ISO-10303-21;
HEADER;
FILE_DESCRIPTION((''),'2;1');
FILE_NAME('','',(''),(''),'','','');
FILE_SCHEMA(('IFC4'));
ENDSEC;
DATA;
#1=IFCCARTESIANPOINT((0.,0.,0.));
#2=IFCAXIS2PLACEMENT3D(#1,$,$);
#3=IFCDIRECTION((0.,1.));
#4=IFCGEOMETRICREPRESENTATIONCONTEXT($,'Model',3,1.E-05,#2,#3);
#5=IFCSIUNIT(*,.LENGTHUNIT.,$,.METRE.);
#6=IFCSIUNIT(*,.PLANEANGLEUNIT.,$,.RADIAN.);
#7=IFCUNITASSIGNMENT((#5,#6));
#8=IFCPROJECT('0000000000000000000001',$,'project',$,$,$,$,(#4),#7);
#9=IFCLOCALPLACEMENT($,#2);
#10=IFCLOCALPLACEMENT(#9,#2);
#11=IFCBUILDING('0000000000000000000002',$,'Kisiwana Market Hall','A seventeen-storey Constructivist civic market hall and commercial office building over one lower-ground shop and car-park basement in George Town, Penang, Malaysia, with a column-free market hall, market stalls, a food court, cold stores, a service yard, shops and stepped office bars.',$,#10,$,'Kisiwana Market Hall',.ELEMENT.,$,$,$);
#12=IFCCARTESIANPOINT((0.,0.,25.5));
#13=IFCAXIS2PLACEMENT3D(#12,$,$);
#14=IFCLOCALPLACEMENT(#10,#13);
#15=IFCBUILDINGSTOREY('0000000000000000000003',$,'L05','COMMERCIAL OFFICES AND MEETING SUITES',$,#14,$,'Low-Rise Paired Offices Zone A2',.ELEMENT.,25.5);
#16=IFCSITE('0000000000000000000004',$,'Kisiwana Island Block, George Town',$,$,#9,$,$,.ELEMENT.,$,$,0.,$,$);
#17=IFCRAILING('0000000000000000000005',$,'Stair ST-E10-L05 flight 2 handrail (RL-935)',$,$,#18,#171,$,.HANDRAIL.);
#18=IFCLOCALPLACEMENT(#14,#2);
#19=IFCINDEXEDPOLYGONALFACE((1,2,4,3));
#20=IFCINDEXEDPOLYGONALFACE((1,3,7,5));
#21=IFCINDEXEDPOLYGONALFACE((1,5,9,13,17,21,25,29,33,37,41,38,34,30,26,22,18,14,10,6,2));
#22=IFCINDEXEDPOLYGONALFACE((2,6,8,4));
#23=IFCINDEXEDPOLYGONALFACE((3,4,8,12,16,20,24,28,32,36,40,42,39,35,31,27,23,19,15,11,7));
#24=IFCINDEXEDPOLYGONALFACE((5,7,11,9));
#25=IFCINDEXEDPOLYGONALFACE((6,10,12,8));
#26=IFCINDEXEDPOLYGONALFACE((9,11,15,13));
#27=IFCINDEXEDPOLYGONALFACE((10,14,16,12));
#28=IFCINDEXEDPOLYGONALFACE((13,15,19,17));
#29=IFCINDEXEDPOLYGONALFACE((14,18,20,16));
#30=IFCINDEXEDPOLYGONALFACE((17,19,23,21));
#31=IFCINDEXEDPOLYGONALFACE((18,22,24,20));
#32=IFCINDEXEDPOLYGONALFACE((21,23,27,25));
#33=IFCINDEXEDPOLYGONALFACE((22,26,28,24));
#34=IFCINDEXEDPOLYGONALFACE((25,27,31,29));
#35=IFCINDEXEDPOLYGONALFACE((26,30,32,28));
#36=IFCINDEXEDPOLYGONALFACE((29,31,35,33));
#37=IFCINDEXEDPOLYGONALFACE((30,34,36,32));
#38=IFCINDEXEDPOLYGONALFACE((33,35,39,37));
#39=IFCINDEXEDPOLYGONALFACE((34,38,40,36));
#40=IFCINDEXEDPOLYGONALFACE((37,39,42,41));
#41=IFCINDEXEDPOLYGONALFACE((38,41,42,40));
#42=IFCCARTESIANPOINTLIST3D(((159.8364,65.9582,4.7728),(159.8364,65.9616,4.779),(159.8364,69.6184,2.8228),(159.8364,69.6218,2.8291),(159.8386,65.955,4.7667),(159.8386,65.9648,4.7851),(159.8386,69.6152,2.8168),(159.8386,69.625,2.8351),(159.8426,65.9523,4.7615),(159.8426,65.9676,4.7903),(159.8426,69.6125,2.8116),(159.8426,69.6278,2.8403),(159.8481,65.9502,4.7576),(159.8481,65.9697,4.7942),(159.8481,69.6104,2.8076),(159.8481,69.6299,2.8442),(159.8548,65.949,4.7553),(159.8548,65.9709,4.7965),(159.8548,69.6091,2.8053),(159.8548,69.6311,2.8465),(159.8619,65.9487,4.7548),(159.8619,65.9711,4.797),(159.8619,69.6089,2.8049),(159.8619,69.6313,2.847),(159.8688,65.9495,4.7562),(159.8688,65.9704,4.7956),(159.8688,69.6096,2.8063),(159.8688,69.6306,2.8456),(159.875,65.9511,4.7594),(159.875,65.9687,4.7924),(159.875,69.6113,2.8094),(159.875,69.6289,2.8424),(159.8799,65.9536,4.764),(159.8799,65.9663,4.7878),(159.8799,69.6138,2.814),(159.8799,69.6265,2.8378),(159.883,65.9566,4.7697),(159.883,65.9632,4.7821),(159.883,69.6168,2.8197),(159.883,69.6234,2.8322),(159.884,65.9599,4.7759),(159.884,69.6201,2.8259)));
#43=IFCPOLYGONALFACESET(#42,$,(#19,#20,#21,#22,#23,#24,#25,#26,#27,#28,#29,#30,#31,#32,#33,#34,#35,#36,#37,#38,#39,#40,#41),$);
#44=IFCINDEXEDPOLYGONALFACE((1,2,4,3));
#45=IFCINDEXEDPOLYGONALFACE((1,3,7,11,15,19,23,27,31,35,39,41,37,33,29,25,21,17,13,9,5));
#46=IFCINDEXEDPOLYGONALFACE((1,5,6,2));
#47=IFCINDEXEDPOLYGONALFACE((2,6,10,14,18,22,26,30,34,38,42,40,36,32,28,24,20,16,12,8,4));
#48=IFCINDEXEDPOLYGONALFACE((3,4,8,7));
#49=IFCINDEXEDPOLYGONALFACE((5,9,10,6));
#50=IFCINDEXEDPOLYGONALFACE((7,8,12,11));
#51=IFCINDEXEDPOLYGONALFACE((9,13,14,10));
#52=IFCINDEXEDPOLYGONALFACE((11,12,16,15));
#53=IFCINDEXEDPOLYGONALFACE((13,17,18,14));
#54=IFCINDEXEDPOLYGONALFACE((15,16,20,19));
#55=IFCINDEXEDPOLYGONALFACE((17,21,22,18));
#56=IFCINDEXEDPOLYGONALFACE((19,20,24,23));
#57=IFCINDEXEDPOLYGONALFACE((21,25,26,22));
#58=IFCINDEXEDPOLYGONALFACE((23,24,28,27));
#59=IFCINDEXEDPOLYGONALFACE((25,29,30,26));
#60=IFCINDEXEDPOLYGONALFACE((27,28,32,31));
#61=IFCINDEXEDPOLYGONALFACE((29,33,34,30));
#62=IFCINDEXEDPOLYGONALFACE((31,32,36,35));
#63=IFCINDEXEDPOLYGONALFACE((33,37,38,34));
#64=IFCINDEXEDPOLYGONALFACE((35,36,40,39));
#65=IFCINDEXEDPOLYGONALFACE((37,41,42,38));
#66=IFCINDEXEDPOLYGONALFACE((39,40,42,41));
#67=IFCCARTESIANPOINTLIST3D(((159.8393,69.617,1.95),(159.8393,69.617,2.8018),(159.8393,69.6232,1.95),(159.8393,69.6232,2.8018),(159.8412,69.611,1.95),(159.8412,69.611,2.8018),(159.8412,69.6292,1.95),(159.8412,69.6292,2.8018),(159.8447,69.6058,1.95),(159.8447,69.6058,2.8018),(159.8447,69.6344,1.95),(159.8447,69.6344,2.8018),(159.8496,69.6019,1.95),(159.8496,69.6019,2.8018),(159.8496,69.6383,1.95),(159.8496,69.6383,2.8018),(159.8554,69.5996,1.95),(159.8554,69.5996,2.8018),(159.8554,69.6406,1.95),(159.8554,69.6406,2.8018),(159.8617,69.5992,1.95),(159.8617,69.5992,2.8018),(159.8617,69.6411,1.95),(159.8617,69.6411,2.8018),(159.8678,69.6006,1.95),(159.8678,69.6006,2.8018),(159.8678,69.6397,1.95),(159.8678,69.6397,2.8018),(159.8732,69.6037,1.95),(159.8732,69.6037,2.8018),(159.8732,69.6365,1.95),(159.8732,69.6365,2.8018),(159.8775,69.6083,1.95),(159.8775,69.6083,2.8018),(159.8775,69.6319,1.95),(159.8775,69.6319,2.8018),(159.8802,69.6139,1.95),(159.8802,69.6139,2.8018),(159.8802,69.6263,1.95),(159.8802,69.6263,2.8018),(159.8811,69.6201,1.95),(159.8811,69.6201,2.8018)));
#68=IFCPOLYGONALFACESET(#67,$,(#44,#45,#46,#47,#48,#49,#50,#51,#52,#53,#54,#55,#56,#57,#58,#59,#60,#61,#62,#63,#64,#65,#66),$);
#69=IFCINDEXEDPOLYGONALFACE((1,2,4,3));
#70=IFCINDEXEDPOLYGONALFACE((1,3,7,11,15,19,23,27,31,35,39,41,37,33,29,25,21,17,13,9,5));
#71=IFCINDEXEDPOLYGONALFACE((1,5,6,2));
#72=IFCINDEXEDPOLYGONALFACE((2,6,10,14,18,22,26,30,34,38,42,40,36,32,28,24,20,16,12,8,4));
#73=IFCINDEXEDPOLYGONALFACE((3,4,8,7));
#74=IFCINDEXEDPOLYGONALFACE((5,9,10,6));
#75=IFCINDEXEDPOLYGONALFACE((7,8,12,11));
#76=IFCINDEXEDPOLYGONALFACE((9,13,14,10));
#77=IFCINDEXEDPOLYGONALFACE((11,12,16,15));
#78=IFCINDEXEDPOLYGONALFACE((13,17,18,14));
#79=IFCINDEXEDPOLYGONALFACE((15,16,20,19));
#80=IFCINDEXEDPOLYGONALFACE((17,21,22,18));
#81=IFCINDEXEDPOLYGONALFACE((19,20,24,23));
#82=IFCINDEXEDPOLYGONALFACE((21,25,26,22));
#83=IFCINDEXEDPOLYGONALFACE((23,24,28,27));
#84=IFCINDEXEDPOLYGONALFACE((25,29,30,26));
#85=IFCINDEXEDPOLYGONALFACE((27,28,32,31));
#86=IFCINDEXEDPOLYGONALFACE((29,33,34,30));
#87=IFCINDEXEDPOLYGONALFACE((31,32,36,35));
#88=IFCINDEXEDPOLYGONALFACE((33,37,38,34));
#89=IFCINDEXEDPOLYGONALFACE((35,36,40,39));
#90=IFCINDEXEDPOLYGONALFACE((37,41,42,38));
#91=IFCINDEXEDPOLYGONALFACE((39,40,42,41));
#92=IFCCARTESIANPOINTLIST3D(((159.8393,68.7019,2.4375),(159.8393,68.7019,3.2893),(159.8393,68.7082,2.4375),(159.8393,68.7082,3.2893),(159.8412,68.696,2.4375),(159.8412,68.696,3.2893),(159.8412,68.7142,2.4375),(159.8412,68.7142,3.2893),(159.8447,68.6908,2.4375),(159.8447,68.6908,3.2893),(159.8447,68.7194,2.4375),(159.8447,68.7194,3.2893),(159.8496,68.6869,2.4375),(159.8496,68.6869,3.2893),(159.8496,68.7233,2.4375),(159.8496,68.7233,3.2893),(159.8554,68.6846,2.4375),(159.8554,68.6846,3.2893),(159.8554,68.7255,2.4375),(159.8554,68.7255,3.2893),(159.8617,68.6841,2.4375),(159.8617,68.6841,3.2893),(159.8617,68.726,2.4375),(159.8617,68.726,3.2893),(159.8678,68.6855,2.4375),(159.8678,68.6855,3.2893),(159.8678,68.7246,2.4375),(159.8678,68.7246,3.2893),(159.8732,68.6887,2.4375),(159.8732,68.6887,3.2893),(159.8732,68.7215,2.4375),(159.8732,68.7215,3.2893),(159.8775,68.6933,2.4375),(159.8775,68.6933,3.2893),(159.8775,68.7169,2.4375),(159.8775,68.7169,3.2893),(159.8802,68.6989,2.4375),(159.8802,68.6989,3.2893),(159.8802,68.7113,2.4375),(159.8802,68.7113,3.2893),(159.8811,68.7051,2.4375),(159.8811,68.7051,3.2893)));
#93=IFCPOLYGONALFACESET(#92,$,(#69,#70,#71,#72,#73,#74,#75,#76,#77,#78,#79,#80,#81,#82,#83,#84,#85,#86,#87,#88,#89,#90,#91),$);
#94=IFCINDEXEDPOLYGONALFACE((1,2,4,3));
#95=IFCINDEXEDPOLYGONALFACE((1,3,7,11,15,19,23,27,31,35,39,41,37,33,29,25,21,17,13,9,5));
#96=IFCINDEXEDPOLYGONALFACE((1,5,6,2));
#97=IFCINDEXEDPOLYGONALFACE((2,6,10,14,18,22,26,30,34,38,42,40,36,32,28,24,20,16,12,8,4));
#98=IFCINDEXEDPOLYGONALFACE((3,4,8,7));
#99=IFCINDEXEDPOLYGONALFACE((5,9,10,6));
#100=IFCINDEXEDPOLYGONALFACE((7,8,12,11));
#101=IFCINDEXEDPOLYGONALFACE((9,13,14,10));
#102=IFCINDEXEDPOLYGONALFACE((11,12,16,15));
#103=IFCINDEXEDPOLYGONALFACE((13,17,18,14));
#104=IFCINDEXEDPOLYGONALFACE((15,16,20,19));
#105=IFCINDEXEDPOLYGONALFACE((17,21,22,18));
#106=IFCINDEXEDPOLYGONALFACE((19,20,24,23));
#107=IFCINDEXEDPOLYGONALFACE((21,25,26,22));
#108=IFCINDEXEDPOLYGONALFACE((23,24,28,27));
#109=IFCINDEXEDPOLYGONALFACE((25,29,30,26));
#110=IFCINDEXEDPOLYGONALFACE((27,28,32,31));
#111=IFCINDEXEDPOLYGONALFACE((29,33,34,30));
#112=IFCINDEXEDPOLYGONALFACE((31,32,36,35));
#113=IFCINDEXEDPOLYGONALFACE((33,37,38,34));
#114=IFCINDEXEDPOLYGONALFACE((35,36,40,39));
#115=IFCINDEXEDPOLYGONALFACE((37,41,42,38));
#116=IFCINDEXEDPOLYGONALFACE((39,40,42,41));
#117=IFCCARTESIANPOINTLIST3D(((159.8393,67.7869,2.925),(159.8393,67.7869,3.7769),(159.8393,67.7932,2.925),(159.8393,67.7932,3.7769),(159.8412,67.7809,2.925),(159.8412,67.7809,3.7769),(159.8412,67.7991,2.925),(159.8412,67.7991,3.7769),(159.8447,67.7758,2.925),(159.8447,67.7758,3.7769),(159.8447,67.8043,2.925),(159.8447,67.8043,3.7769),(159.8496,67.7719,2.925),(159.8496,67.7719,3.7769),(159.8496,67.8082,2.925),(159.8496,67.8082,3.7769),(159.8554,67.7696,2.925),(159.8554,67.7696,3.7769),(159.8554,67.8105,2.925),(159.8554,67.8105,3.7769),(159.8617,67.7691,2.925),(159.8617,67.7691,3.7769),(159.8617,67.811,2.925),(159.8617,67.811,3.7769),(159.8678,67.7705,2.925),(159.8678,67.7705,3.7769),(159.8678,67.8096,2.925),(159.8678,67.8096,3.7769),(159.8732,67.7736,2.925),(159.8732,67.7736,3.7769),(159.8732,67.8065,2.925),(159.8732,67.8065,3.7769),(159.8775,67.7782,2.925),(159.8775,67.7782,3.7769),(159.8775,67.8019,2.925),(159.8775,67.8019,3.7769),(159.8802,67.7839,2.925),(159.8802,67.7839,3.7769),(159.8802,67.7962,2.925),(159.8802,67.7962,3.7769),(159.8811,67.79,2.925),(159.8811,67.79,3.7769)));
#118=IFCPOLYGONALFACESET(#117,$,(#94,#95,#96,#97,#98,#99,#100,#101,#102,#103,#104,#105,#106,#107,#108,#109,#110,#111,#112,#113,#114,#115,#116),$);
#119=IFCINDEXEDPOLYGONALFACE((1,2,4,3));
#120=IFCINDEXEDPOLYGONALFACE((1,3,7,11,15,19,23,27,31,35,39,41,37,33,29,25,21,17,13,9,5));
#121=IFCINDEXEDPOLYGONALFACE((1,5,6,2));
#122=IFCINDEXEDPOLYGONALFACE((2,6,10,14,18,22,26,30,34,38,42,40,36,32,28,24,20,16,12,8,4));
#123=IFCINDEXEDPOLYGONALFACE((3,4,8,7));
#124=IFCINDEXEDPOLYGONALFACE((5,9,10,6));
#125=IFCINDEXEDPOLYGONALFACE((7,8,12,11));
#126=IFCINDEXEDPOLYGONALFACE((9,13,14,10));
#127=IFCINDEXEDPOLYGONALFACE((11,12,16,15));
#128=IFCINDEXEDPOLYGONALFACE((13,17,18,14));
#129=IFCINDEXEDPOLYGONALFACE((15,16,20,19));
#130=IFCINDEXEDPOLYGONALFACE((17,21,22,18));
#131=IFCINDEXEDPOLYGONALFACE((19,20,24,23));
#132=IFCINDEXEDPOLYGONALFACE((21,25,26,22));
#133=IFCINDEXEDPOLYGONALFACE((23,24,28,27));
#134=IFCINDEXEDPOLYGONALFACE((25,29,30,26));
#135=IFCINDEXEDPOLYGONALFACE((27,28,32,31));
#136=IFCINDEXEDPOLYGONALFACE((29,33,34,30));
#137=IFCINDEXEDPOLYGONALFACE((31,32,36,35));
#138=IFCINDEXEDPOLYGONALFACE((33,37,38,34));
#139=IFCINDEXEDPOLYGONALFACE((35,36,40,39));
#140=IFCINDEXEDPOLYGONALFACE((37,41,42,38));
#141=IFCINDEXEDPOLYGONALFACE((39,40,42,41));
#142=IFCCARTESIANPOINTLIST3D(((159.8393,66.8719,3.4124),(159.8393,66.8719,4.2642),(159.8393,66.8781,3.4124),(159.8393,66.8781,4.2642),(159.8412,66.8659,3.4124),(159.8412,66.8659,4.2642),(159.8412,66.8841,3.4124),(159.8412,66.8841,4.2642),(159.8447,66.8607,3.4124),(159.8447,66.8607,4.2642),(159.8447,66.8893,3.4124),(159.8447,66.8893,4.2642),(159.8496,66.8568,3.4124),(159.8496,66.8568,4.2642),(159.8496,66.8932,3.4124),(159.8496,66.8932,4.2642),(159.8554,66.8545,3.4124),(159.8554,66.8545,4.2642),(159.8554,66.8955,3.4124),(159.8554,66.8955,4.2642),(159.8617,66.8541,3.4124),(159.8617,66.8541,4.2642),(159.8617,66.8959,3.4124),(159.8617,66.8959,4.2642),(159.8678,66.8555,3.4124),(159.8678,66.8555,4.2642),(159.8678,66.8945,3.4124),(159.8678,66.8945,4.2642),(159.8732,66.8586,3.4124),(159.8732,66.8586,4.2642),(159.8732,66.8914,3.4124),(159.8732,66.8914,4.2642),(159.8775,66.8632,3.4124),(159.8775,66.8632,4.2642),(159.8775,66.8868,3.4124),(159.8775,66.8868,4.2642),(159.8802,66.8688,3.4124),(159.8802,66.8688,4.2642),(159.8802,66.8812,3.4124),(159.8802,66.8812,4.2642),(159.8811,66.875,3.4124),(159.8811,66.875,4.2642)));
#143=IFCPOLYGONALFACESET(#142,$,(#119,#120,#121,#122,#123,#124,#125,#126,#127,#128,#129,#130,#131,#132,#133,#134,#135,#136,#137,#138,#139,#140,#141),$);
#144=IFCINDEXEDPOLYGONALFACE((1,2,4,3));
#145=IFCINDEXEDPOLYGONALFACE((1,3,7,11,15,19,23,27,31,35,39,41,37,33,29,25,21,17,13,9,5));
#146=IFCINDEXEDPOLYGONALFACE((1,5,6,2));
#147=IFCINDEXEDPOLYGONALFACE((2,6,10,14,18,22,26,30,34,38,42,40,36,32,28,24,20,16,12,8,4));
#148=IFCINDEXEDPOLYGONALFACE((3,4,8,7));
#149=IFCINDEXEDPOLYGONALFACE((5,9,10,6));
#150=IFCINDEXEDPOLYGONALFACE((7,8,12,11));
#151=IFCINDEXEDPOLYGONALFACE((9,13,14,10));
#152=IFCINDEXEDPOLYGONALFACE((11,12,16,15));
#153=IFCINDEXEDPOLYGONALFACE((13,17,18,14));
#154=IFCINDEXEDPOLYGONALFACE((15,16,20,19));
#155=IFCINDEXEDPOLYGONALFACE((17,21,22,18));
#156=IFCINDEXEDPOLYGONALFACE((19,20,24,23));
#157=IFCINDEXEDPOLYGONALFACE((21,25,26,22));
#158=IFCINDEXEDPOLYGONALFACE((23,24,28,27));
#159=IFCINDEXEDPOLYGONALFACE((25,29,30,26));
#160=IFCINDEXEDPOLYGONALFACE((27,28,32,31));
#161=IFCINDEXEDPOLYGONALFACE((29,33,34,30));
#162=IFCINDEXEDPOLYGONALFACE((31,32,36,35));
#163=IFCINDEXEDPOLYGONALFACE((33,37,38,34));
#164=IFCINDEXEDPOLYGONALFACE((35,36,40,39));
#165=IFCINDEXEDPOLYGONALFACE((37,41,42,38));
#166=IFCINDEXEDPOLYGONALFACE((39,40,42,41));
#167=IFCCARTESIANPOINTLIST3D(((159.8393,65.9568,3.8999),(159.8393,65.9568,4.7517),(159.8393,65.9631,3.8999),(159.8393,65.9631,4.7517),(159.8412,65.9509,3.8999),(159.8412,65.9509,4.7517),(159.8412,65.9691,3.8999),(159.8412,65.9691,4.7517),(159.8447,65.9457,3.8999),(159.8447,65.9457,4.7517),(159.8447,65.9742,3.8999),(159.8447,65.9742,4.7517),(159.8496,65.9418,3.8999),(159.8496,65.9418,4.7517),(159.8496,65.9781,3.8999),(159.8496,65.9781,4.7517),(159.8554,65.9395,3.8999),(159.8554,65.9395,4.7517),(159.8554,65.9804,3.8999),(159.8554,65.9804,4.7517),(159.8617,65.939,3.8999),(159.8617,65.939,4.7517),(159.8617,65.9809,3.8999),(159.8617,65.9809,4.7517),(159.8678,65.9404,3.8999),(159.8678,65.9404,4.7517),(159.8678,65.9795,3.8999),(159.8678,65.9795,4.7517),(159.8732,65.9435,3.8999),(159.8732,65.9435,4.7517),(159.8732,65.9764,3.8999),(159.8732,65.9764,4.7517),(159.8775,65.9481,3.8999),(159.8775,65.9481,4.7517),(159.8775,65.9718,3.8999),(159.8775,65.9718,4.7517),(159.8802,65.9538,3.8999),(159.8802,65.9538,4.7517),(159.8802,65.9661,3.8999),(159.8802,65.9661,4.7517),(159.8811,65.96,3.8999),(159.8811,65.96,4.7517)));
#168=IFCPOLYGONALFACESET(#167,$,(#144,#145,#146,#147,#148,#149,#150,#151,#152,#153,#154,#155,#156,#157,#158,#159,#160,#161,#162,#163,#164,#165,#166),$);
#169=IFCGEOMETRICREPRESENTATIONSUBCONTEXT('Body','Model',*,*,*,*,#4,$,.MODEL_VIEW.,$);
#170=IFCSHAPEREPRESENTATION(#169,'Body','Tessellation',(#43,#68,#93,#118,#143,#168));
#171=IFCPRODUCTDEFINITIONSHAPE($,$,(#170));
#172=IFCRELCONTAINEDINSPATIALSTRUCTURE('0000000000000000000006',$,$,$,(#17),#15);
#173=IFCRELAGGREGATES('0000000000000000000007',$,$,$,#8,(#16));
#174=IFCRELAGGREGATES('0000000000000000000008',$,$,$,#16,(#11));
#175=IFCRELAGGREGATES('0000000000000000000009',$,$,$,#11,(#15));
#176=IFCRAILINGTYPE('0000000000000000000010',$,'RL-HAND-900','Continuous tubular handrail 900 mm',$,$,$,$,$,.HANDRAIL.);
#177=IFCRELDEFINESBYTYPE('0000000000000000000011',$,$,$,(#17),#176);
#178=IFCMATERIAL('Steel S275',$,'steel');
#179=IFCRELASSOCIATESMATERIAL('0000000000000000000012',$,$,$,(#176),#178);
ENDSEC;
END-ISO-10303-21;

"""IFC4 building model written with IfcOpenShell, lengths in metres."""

from ifc_helpers import new_model, si_unit, direction, frame, origin, origin_2d, place, context, subcontext, project, spatial, circle, extrude, material, type_object, element, save


model = new_model("IFC4")

# Units and contexts
model_context = context("Model", 3, precision=1e-05, world=origin(), true_north=direction((0.0, 1.0)))
body_context = subcontext(model_context, "Body", "Model", "MODEL_VIEW")
ifc_project = project(units=[si_unit("LENGTHUNIT", "METRE"), si_unit("PLANEANGLEUNIT", "RADIAN")], contexts=[model_context])

# Site, building, storey
site_placement = place(None, origin())
site = spatial("IfcSite", under=ifc_project, at=site_placement, Name="Kisiwana Island Block, George Town", CompositionType="ELEMENT", RefElevation=0.0)
building_placement = place(site_placement, origin())
building = spatial("IfcBuilding", under=site, at=building_placement, Name="Kisiwana Market Hall", Description="A seventeen-storey Constructivist civic market hall and commercial office building over one lower-ground shop and car-park basement in George Town, Penang, Malaysia, with a column-free market hall, market stalls, a food court, cold stores, a service yard, shops and stepped office bars.", LongName="Kisiwana Market Hall", CompositionType="ELEMENT")
storey_placement = place(building_placement, frame((0.0, 0.0, 25.5)))
storey = spatial("IfcBuildingStorey", under=building, at=storey_placement, Name="L05", Description="COMMERCIAL OFFICES AND MEETING SUITES", LongName="Low-Rise Paired Offices Zone A2", CompositionType="ELEMENT", Elevation=25.5)

# Railing
ifc_material_1 = material(Name="Steel S275", Category="steel")
railing_type_1 = type_object("IfcRailingType", Name="RL-HAND-900", Description="Continuous tubular handrail 900 mm", PredefinedType="HANDRAIL", material=ifc_material_1)
railing_1_placement = place(storey_placement, frame((159.8601, 69.6201, 1.95)))
element("IfcRailing", 1, at=railing_1_placement, inside=storey, type_object=railing_type_1, Name="Stair ST-E10-L05 flight 2 handrail (RL-935)", PredefinedType="HANDRAIL", context=body_context, shape_type="SweptSolid", body=[
    extrude(circle(Radius=0.0239, at=origin_2d()), frame((0.0, 0.0, 0.876), z_axis=(0.0, -0.882566, 0.470188), x_axis=(1.0, 0.0, 0.0)), (0.0, 0.0, 1.0), 4.1472),
    extrude(circle(Radius=0.021, at=origin_2d()), origin(), (0.0, 0.0, 1.0), 0.8518),
    extrude(circle(Radius=0.021, at=origin_2d()), frame((0.0, -0.915, 0.4875)), (0.0, 0.0, 1.0), 0.8518),
    extrude(circle(Radius=0.021, at=origin_2d()), frame((0.0, -1.8301, 0.9751)), (0.0, 0.0, 1.0), 0.8518),
    extrude(circle(Radius=0.021, at=origin_2d()), frame((0.0, -2.7451, 1.4624)), (0.0, 0.0, 1.0), 0.8518),
    extrude(circle(Radius=0.021, at=origin_2d()), frame((0.0, -3.6602, 1.95)), (0.0, 0.0, 1.0), 0.8518),
])

save(model, "model.ifc")
